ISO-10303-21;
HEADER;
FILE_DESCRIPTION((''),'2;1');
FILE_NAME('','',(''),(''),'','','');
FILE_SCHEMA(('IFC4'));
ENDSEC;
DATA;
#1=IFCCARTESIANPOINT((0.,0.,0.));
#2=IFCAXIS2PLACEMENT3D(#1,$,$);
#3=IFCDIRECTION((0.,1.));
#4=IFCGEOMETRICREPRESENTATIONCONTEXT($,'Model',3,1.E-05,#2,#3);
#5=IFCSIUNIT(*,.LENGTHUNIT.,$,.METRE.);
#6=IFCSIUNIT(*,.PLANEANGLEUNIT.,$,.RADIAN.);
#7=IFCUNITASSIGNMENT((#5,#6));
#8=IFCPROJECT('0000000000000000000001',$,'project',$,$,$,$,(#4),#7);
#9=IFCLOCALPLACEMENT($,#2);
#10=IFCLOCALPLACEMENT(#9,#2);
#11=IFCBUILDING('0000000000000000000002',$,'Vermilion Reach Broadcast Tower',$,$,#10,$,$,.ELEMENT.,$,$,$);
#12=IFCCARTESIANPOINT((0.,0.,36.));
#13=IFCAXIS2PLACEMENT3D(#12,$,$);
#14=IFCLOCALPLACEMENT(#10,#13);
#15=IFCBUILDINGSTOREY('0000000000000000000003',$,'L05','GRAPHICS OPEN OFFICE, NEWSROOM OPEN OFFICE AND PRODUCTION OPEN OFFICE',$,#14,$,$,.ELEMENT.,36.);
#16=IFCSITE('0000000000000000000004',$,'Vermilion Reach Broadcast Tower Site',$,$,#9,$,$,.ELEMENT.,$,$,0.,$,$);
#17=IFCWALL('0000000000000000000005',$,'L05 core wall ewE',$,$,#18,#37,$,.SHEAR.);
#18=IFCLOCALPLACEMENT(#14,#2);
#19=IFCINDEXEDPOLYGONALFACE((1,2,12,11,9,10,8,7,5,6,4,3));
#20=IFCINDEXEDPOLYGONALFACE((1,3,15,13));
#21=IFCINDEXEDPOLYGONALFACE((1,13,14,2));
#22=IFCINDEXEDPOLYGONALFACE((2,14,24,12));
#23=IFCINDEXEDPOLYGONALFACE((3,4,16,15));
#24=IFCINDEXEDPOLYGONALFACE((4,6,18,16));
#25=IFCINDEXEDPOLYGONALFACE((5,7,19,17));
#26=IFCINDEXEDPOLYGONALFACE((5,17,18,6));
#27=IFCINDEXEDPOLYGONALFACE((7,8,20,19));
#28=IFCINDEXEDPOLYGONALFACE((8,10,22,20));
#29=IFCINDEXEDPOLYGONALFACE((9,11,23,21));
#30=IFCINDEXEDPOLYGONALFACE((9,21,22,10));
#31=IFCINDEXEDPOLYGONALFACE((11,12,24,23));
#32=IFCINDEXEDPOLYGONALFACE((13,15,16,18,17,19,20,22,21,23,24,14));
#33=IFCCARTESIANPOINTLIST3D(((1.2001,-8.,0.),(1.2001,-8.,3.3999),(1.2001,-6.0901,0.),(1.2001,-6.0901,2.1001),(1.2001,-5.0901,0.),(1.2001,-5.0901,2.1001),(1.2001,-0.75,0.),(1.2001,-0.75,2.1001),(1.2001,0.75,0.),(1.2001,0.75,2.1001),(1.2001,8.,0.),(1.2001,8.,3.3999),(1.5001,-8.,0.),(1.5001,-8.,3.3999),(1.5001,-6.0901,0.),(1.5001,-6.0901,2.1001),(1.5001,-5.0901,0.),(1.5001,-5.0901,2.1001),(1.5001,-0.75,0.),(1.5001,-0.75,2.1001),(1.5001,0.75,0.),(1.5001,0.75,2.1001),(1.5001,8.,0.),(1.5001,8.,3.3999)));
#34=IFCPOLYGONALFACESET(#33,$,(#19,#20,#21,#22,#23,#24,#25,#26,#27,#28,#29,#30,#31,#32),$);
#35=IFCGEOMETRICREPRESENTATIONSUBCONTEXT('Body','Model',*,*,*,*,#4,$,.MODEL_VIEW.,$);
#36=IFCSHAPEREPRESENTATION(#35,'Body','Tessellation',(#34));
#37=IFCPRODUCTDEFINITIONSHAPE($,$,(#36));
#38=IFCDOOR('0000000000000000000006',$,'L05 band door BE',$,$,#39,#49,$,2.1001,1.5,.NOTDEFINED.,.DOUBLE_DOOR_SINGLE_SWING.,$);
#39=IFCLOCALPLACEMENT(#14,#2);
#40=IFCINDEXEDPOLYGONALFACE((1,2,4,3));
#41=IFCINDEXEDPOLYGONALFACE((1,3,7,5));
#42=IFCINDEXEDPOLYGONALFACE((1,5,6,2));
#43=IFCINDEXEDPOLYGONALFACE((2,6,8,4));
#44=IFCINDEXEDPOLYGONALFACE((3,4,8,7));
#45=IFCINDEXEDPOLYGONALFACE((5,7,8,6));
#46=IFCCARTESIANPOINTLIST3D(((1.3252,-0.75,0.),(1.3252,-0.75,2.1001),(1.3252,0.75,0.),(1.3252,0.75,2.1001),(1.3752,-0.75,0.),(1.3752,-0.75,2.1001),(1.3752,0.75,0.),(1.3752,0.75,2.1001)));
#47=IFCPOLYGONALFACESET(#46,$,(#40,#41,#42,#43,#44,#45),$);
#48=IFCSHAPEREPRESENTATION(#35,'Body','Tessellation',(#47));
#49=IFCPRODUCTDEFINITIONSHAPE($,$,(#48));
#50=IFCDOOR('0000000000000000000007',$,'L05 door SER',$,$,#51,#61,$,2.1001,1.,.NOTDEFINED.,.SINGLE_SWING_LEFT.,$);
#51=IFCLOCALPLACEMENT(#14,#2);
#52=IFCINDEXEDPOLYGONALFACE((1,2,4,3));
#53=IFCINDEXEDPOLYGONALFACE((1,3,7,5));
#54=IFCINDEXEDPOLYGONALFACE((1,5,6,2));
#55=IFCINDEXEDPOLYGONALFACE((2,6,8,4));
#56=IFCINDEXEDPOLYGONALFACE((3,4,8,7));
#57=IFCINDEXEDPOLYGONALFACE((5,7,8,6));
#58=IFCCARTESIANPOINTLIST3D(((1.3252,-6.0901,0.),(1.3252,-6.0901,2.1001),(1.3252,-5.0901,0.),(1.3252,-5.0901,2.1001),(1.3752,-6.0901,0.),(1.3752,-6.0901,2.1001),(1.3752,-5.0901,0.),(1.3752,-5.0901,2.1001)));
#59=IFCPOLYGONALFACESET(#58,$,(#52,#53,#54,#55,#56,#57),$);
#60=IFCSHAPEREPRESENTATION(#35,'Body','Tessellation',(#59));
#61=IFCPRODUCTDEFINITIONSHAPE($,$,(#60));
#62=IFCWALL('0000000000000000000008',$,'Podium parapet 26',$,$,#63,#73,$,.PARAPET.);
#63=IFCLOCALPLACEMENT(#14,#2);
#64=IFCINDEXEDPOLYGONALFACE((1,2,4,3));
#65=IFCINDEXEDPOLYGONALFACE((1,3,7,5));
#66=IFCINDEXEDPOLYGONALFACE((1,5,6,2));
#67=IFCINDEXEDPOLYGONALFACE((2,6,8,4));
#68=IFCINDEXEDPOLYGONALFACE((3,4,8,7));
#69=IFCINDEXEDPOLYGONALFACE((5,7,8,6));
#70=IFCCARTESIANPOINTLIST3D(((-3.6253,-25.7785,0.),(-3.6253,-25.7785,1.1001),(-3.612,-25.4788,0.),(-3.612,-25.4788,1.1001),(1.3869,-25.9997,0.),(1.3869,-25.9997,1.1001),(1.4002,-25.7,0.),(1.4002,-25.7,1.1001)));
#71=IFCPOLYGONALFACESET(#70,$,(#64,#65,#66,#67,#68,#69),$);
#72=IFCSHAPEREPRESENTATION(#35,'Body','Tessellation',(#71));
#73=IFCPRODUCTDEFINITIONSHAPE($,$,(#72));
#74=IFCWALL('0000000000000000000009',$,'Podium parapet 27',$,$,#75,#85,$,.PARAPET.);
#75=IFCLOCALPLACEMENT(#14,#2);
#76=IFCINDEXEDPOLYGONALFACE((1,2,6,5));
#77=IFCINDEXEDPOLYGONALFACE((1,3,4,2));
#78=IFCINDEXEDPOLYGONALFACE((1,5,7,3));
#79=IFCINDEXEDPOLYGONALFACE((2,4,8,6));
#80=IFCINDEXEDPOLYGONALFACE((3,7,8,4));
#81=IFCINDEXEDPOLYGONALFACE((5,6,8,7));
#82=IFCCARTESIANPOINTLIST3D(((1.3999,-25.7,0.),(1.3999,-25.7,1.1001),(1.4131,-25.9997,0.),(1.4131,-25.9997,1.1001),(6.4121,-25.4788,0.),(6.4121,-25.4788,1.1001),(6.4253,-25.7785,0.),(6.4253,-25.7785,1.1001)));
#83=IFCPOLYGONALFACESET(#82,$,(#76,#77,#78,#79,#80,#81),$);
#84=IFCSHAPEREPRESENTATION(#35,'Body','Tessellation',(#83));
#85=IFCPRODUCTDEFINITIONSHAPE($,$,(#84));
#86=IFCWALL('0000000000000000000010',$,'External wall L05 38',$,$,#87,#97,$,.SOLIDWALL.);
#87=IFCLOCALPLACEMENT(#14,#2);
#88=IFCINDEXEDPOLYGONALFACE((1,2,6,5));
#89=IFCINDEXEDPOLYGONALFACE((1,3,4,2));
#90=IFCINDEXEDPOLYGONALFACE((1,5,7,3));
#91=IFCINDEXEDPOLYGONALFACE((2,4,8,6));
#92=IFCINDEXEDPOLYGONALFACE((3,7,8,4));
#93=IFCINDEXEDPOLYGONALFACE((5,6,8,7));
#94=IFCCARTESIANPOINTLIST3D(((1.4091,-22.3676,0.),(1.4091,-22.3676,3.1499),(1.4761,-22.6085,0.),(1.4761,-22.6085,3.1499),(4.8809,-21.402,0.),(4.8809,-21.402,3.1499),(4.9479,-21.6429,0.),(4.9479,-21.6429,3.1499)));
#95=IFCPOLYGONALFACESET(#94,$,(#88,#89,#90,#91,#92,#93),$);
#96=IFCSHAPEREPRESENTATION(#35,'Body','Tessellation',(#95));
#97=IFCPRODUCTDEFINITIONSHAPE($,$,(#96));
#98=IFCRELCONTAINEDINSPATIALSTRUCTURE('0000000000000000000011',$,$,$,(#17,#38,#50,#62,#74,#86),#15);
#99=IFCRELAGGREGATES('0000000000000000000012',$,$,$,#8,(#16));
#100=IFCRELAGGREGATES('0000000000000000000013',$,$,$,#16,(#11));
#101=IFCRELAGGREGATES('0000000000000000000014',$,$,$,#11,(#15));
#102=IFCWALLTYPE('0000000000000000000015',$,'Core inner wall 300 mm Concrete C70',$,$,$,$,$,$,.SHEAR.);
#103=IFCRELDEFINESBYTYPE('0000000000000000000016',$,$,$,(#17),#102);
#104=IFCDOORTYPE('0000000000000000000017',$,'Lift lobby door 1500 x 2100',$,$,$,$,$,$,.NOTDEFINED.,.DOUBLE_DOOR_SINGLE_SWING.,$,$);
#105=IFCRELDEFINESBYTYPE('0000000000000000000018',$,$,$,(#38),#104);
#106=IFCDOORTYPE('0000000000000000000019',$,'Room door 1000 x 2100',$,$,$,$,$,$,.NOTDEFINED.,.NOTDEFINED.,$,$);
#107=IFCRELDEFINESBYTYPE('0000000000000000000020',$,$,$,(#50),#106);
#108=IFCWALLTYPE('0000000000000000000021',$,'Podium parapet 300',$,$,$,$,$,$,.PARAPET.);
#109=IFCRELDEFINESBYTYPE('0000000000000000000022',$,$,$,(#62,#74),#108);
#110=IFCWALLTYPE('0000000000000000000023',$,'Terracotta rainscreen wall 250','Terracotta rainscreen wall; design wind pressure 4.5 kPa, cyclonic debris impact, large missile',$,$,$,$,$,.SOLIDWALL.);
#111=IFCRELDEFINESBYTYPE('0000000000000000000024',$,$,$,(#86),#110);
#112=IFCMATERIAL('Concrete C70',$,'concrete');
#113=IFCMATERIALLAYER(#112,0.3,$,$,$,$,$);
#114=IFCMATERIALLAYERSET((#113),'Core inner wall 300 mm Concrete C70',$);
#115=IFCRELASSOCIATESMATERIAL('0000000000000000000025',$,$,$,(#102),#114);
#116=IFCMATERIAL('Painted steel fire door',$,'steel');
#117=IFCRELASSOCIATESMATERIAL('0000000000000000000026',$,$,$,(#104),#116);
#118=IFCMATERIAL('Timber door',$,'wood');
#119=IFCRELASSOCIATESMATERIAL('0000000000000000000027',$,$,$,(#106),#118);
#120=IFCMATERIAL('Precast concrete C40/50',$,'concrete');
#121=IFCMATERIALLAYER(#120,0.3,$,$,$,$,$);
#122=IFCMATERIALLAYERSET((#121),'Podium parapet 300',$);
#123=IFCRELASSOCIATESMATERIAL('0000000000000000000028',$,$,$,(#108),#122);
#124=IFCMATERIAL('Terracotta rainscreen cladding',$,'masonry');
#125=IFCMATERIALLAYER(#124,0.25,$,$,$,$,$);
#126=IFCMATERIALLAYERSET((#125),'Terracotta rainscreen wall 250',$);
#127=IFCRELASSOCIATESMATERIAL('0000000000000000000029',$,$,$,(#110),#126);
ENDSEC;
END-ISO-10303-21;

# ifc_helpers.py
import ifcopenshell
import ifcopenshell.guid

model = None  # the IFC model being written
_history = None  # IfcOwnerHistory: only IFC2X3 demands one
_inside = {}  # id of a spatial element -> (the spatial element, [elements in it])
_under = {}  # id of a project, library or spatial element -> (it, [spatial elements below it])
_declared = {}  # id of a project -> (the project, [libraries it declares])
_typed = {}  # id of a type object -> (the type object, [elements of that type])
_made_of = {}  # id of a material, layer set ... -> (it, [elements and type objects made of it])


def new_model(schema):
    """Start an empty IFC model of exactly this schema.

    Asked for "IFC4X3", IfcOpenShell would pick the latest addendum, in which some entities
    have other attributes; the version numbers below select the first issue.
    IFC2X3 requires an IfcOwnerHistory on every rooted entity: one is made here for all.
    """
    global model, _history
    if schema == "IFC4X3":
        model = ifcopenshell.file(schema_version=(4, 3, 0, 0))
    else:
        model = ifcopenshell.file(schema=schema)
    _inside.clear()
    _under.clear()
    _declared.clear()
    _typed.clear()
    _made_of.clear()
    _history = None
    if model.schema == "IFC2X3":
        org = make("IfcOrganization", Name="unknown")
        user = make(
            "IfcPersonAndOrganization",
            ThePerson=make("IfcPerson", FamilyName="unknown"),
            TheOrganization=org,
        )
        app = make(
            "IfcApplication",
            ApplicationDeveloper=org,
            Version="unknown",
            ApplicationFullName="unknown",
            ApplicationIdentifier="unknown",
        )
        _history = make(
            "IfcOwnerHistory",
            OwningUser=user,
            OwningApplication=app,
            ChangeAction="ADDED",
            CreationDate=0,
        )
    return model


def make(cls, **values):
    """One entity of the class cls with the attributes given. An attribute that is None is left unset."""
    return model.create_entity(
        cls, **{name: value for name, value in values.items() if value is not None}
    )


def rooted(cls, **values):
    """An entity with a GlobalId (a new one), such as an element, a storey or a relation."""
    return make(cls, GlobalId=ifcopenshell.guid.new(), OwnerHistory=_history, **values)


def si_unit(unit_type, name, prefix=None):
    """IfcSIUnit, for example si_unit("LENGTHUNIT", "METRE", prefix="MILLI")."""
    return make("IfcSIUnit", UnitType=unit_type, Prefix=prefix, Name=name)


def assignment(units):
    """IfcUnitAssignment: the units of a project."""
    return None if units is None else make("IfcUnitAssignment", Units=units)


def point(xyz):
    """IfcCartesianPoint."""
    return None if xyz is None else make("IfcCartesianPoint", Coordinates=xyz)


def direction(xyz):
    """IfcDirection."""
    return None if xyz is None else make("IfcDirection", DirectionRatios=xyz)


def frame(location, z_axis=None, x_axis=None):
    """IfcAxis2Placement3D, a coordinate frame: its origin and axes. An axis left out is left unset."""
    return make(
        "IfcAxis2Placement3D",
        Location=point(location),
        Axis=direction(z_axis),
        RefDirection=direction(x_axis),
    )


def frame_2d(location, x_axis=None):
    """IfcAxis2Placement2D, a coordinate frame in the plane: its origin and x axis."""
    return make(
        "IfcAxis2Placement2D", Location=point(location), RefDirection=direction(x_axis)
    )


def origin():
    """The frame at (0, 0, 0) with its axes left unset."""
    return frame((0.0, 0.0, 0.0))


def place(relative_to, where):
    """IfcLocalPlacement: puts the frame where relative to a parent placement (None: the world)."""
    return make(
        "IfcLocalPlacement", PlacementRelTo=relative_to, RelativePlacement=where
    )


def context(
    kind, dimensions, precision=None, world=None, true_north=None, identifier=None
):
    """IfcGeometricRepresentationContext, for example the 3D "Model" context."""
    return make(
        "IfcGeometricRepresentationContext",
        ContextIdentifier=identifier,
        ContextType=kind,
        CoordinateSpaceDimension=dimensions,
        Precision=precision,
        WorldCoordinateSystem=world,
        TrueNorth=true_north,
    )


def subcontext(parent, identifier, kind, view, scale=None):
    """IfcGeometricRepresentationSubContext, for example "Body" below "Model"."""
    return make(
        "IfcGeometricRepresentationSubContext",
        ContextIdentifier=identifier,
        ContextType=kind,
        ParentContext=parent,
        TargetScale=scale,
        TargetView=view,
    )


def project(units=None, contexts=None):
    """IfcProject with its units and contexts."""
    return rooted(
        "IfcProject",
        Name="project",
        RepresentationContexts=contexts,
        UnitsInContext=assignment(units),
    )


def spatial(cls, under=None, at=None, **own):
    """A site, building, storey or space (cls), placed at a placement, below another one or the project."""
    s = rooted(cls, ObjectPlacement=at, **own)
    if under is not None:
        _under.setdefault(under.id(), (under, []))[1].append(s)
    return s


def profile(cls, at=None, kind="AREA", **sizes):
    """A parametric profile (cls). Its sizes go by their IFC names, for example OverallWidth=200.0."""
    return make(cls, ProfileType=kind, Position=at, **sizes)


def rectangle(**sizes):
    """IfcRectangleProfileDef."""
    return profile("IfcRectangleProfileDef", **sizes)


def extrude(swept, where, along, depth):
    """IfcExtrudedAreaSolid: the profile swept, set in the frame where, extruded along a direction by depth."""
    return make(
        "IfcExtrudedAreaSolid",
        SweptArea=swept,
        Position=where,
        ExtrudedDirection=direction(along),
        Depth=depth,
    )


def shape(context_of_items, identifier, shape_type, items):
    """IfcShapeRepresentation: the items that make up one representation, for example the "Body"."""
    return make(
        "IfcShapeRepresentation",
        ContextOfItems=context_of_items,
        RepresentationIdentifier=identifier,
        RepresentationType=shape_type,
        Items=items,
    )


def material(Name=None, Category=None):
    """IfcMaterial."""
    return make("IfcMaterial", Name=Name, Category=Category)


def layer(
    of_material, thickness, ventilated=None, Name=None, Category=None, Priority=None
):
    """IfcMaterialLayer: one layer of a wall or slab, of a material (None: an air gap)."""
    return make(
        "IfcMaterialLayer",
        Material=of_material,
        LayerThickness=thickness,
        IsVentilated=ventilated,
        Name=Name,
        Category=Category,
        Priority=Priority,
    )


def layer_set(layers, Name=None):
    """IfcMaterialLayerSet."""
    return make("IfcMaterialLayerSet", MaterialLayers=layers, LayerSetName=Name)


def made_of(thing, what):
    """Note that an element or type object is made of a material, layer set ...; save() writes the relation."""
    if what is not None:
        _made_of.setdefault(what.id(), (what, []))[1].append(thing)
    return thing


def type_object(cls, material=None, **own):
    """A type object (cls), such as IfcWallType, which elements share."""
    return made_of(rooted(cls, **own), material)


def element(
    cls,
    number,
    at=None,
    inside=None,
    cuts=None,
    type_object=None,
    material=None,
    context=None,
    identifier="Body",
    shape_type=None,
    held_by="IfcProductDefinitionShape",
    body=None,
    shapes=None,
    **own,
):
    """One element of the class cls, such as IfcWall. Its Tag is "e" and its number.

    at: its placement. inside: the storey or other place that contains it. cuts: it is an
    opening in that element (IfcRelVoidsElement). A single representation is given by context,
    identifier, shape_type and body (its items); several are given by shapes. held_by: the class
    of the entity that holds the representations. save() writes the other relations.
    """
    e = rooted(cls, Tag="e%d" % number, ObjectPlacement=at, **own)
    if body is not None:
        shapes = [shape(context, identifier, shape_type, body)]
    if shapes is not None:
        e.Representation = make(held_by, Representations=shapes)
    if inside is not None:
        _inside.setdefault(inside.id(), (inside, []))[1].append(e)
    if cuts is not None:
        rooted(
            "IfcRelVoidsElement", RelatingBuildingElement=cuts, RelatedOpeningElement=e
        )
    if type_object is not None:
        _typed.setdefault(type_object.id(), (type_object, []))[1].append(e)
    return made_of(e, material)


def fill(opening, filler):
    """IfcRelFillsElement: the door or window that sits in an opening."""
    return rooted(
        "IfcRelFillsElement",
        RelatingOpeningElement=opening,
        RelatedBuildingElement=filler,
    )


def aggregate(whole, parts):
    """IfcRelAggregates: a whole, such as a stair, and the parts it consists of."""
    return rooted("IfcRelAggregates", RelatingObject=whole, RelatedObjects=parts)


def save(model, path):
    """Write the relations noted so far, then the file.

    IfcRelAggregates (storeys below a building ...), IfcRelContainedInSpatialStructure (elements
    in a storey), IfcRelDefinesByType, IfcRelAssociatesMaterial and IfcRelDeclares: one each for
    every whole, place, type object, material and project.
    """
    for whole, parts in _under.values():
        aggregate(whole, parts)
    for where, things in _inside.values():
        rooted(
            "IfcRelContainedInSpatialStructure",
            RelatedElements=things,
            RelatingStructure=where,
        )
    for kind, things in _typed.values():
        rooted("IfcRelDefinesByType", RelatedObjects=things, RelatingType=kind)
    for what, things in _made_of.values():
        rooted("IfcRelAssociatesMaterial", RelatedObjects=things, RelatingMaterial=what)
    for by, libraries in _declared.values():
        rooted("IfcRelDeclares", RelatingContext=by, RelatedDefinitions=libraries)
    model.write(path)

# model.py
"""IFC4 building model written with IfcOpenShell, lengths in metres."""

from ifc_helpers import new_model, si_unit, direction, frame, frame_2d, origin, place, context, subcontext, project, spatial, rectangle, extrude, material, layer, layer_set, type_object, element, fill, save


model = new_model("IFC4")

# Units and contexts
model_context = context("Model", 3, precision=1e-05, world=origin(), true_north=direction((0.0, 1.0)))
body_context = subcontext(model_context, "Body", "Model", "MODEL_VIEW")
ifc_project = project(units=[si_unit("LENGTHUNIT", "METRE"), si_unit("PLANEANGLEUNIT", "RADIAN")], contexts=[model_context])

# Site, building, storey
site_placement = place(None, origin())
site = spatial("IfcSite", under=ifc_project, at=site_placement, Name="Vermilion Reach Broadcast Tower Site", CompositionType="ELEMENT", RefElevation=0.0)
building_placement = place(site_placement, origin())
building = spatial("IfcBuilding", under=site, at=building_placement, Name="Vermilion Reach Broadcast Tower", CompositionType="ELEMENT")
storey_placement = place(building_placement, frame((0.0, 0.0, 36.0)))
storey = spatial("IfcBuildingStorey", under=building, at=storey_placement, Name="L05", Description="GRAPHICS OPEN OFFICE, NEWSROOM OPEN OFFICE AND PRODUCTION OPEN OFFICE", CompositionType="ELEMENT", Elevation=36.0)

# Wall, openings, doors
ifc_material_1 = material(Name="Concrete C70", Category="concrete")
ifc_layer_1 = layer(ifc_material_1, 0.3)
ifc_layer_set_1 = layer_set([ifc_layer_1], Name="Core inner wall 300 mm Concrete C70")
wall_type_1 = type_object("IfcWallType", Name="Core inner wall 300 mm Concrete C70", PredefinedType="SHEAR", material=ifc_layer_set_1)
wall_1_placement = place(storey_placement, frame((1.3501, -8.0, 0.0), z_axis=(0.0, 0.0, 1.0), x_axis=(0.0, 1.0, 0.0)))
wall_1 = element("IfcWall", 1, at=wall_1_placement, inside=storey, type_object=wall_type_1, Name="L05 core wall ewE", PredefinedType="SHEAR", context=body_context, shape_type="SweptSolid", body=[
    extrude(rectangle(XDim=16.0, YDim=0.3, at=frame_2d((8.0, 0.0))), origin(), (0.0, 0.0, 1.0), 3.3999),
])
opening_1_placement = place(wall_1_placement, frame((1.9099, 0.0, 0.0)))
opening_1 = element("IfcOpeningElement", 2, at=opening_1_placement, cuts=wall_1, PredefinedType="OPENING", context=body_context, shape_type="SweptSolid", body=[
    extrude(rectangle(XDim=1.0, YDim=2.1001, at=frame_2d((0.5, 1.05))), frame((0.0, 0.1599, 0.0), z_axis=(0.0, -1.0, 0.0), x_axis=(1.0, 0.0, 0.0)), (0.0, 0.0, 1.0), 0.3201),
])
opening_2_placement = place(wall_1_placement, frame((7.25, 0.0, 0.0)))
opening_2 = element("IfcOpeningElement", 3, at=opening_2_placement, cuts=wall_1, PredefinedType="OPENING", context=body_context, shape_type="SweptSolid", body=[
    extrude(rectangle(XDim=1.5, YDim=2.1001, at=frame_2d((0.75, 1.05))), frame((0.0, 0.1599, 0.0), z_axis=(0.0, -1.0, 0.0), x_axis=(1.0, 0.0, 0.0)), (0.0, 0.0, 1.0), 0.3201),
])
ifc_material_2 = material(Name="Painted steel fire door", Category="steel")
door_type_1 = type_object("IfcDoorType", Name="Lift lobby door 1500 x 2100", OperationType="DOUBLE_DOOR_SINGLE_SWING", PredefinedType="NOTDEFINED", material=ifc_material_2)
door_1_placement = place(opening_2_placement, origin())
door_1 = element("IfcDoor", 4, at=door_1_placement, inside=storey, type_object=door_type_1, Name="L05 band door BE", OperationType="DOUBLE_DOOR_SINGLE_SWING", OverallHeight=2.1001, OverallWidth=1.5, PredefinedType="NOTDEFINED", context=body_context, shape_type="SweptSolid", body=[
    extrude(rectangle(XDim=1.5, YDim=2.1001, at=frame_2d((0.75, 1.05))), frame((0.0, 0.0249, 0.0), z_axis=(0.0, -1.0, 0.0), x_axis=(1.0, 0.0, 0.0)), (0.0, 0.0, 1.0), 0.05),
])
fill(opening_2, door_1)
ifc_material_3 = material(Name="Timber door", Category="wood")
door_type_2 = type_object("IfcDoorType", Name="Room door 1000 x 2100", OperationType="NOTDEFINED", PredefinedType="NOTDEFINED", material=ifc_material_3)
door_2_placement = place(opening_1_placement, origin())
door_2 = element("IfcDoor", 5, at=door_2_placement, inside=storey, type_object=door_type_2, Name="L05 door SER", OperationType="SINGLE_SWING_LEFT", OverallHeight=2.1001, OverallWidth=1.0, PredefinedType="NOTDEFINED", context=body_context, shape_type="SweptSolid", body=[
    extrude(rectangle(XDim=1.0, YDim=2.1001, at=frame_2d((0.5, 1.05))), frame((0.0, 0.0249, 0.0), z_axis=(0.0, -1.0, 0.0), x_axis=(1.0, 0.0, 0.0)), (0.0, 0.0, 1.0), 0.05),
])
fill(opening_1, door_2)

# Walls
ifc_material_4 = material(Name="Precast concrete C40/50", Category="concrete")
ifc_layer_2 = layer(ifc_material_4, 0.3)
ifc_layer_set_2 = layer_set([ifc_layer_2], Name="Podium parapet 300")
wall_type_2 = type_object("IfcWallType", Name="Podium parapet 300", PredefinedType="PARAPET", material=ifc_layer_set_2)
for number, where, z_axis, x_axis, name in (
    (6, (-3.6187, -25.6287, 0.0), (0.0, 0.0, 1.0), (0.999028, -0.044088, 0.0), "Podium parapet 26"),
    (7, (1.4065, -25.8499, 0.0), (0.0, 0.0, 1.0), (0.999028, 0.044088, 0.0), "Podium parapet 27"),
):
    element("IfcWall", number, at=place(storey_placement, frame(where, z_axis=z_axis, x_axis=x_axis)), inside=storey, type_object=wall_type_2, Name=name, PredefinedType="PARAPET", context=body_context, shape_type="SweptSolid", body=[
        extrude(rectangle(XDim=5.0171, YDim=0.3, at=frame_2d((2.5085, 0.0))), origin(), (0.0, 0.0, 1.0), 1.1001),
    ])
ifc_material_5 = material(Name="Terracotta rainscreen cladding", Category="masonry")
ifc_layer_3 = layer(ifc_material_5, 0.25)
ifc_layer_set_3 = layer_set([ifc_layer_3], Name="Terracotta rainscreen wall 250")
wall_type_3 = type_object("IfcWallType", Name="Terracotta rainscreen wall 250", Description="Terracotta rainscreen wall; design wind pressure 4.5 kPa, cyclonic debris impact, large missile", PredefinedType="SOLIDWALL", material=ifc_layer_set_3)
wall_2_placement = place(storey_placement, frame((1.4426, -22.488, 0.0), z_axis=(0.0, 0.0, 1.0), x_axis=(0.96343, 0.267958, 0.0)))
element("IfcWall", 8, at=wall_2_placement, inside=storey, type_object=wall_type_3, Name="External wall L05 38", PredefinedType="SOLIDWALL", context=body_context, shape_type="SweptSolid", body=[
    extrude(rectangle(XDim=3.6035, YDim=0.25, at=frame_2d((1.8018, 0.0))), origin(), (0.0, 0.0, 1.0), 3.1499),
])

save(model, "model.ifc")
